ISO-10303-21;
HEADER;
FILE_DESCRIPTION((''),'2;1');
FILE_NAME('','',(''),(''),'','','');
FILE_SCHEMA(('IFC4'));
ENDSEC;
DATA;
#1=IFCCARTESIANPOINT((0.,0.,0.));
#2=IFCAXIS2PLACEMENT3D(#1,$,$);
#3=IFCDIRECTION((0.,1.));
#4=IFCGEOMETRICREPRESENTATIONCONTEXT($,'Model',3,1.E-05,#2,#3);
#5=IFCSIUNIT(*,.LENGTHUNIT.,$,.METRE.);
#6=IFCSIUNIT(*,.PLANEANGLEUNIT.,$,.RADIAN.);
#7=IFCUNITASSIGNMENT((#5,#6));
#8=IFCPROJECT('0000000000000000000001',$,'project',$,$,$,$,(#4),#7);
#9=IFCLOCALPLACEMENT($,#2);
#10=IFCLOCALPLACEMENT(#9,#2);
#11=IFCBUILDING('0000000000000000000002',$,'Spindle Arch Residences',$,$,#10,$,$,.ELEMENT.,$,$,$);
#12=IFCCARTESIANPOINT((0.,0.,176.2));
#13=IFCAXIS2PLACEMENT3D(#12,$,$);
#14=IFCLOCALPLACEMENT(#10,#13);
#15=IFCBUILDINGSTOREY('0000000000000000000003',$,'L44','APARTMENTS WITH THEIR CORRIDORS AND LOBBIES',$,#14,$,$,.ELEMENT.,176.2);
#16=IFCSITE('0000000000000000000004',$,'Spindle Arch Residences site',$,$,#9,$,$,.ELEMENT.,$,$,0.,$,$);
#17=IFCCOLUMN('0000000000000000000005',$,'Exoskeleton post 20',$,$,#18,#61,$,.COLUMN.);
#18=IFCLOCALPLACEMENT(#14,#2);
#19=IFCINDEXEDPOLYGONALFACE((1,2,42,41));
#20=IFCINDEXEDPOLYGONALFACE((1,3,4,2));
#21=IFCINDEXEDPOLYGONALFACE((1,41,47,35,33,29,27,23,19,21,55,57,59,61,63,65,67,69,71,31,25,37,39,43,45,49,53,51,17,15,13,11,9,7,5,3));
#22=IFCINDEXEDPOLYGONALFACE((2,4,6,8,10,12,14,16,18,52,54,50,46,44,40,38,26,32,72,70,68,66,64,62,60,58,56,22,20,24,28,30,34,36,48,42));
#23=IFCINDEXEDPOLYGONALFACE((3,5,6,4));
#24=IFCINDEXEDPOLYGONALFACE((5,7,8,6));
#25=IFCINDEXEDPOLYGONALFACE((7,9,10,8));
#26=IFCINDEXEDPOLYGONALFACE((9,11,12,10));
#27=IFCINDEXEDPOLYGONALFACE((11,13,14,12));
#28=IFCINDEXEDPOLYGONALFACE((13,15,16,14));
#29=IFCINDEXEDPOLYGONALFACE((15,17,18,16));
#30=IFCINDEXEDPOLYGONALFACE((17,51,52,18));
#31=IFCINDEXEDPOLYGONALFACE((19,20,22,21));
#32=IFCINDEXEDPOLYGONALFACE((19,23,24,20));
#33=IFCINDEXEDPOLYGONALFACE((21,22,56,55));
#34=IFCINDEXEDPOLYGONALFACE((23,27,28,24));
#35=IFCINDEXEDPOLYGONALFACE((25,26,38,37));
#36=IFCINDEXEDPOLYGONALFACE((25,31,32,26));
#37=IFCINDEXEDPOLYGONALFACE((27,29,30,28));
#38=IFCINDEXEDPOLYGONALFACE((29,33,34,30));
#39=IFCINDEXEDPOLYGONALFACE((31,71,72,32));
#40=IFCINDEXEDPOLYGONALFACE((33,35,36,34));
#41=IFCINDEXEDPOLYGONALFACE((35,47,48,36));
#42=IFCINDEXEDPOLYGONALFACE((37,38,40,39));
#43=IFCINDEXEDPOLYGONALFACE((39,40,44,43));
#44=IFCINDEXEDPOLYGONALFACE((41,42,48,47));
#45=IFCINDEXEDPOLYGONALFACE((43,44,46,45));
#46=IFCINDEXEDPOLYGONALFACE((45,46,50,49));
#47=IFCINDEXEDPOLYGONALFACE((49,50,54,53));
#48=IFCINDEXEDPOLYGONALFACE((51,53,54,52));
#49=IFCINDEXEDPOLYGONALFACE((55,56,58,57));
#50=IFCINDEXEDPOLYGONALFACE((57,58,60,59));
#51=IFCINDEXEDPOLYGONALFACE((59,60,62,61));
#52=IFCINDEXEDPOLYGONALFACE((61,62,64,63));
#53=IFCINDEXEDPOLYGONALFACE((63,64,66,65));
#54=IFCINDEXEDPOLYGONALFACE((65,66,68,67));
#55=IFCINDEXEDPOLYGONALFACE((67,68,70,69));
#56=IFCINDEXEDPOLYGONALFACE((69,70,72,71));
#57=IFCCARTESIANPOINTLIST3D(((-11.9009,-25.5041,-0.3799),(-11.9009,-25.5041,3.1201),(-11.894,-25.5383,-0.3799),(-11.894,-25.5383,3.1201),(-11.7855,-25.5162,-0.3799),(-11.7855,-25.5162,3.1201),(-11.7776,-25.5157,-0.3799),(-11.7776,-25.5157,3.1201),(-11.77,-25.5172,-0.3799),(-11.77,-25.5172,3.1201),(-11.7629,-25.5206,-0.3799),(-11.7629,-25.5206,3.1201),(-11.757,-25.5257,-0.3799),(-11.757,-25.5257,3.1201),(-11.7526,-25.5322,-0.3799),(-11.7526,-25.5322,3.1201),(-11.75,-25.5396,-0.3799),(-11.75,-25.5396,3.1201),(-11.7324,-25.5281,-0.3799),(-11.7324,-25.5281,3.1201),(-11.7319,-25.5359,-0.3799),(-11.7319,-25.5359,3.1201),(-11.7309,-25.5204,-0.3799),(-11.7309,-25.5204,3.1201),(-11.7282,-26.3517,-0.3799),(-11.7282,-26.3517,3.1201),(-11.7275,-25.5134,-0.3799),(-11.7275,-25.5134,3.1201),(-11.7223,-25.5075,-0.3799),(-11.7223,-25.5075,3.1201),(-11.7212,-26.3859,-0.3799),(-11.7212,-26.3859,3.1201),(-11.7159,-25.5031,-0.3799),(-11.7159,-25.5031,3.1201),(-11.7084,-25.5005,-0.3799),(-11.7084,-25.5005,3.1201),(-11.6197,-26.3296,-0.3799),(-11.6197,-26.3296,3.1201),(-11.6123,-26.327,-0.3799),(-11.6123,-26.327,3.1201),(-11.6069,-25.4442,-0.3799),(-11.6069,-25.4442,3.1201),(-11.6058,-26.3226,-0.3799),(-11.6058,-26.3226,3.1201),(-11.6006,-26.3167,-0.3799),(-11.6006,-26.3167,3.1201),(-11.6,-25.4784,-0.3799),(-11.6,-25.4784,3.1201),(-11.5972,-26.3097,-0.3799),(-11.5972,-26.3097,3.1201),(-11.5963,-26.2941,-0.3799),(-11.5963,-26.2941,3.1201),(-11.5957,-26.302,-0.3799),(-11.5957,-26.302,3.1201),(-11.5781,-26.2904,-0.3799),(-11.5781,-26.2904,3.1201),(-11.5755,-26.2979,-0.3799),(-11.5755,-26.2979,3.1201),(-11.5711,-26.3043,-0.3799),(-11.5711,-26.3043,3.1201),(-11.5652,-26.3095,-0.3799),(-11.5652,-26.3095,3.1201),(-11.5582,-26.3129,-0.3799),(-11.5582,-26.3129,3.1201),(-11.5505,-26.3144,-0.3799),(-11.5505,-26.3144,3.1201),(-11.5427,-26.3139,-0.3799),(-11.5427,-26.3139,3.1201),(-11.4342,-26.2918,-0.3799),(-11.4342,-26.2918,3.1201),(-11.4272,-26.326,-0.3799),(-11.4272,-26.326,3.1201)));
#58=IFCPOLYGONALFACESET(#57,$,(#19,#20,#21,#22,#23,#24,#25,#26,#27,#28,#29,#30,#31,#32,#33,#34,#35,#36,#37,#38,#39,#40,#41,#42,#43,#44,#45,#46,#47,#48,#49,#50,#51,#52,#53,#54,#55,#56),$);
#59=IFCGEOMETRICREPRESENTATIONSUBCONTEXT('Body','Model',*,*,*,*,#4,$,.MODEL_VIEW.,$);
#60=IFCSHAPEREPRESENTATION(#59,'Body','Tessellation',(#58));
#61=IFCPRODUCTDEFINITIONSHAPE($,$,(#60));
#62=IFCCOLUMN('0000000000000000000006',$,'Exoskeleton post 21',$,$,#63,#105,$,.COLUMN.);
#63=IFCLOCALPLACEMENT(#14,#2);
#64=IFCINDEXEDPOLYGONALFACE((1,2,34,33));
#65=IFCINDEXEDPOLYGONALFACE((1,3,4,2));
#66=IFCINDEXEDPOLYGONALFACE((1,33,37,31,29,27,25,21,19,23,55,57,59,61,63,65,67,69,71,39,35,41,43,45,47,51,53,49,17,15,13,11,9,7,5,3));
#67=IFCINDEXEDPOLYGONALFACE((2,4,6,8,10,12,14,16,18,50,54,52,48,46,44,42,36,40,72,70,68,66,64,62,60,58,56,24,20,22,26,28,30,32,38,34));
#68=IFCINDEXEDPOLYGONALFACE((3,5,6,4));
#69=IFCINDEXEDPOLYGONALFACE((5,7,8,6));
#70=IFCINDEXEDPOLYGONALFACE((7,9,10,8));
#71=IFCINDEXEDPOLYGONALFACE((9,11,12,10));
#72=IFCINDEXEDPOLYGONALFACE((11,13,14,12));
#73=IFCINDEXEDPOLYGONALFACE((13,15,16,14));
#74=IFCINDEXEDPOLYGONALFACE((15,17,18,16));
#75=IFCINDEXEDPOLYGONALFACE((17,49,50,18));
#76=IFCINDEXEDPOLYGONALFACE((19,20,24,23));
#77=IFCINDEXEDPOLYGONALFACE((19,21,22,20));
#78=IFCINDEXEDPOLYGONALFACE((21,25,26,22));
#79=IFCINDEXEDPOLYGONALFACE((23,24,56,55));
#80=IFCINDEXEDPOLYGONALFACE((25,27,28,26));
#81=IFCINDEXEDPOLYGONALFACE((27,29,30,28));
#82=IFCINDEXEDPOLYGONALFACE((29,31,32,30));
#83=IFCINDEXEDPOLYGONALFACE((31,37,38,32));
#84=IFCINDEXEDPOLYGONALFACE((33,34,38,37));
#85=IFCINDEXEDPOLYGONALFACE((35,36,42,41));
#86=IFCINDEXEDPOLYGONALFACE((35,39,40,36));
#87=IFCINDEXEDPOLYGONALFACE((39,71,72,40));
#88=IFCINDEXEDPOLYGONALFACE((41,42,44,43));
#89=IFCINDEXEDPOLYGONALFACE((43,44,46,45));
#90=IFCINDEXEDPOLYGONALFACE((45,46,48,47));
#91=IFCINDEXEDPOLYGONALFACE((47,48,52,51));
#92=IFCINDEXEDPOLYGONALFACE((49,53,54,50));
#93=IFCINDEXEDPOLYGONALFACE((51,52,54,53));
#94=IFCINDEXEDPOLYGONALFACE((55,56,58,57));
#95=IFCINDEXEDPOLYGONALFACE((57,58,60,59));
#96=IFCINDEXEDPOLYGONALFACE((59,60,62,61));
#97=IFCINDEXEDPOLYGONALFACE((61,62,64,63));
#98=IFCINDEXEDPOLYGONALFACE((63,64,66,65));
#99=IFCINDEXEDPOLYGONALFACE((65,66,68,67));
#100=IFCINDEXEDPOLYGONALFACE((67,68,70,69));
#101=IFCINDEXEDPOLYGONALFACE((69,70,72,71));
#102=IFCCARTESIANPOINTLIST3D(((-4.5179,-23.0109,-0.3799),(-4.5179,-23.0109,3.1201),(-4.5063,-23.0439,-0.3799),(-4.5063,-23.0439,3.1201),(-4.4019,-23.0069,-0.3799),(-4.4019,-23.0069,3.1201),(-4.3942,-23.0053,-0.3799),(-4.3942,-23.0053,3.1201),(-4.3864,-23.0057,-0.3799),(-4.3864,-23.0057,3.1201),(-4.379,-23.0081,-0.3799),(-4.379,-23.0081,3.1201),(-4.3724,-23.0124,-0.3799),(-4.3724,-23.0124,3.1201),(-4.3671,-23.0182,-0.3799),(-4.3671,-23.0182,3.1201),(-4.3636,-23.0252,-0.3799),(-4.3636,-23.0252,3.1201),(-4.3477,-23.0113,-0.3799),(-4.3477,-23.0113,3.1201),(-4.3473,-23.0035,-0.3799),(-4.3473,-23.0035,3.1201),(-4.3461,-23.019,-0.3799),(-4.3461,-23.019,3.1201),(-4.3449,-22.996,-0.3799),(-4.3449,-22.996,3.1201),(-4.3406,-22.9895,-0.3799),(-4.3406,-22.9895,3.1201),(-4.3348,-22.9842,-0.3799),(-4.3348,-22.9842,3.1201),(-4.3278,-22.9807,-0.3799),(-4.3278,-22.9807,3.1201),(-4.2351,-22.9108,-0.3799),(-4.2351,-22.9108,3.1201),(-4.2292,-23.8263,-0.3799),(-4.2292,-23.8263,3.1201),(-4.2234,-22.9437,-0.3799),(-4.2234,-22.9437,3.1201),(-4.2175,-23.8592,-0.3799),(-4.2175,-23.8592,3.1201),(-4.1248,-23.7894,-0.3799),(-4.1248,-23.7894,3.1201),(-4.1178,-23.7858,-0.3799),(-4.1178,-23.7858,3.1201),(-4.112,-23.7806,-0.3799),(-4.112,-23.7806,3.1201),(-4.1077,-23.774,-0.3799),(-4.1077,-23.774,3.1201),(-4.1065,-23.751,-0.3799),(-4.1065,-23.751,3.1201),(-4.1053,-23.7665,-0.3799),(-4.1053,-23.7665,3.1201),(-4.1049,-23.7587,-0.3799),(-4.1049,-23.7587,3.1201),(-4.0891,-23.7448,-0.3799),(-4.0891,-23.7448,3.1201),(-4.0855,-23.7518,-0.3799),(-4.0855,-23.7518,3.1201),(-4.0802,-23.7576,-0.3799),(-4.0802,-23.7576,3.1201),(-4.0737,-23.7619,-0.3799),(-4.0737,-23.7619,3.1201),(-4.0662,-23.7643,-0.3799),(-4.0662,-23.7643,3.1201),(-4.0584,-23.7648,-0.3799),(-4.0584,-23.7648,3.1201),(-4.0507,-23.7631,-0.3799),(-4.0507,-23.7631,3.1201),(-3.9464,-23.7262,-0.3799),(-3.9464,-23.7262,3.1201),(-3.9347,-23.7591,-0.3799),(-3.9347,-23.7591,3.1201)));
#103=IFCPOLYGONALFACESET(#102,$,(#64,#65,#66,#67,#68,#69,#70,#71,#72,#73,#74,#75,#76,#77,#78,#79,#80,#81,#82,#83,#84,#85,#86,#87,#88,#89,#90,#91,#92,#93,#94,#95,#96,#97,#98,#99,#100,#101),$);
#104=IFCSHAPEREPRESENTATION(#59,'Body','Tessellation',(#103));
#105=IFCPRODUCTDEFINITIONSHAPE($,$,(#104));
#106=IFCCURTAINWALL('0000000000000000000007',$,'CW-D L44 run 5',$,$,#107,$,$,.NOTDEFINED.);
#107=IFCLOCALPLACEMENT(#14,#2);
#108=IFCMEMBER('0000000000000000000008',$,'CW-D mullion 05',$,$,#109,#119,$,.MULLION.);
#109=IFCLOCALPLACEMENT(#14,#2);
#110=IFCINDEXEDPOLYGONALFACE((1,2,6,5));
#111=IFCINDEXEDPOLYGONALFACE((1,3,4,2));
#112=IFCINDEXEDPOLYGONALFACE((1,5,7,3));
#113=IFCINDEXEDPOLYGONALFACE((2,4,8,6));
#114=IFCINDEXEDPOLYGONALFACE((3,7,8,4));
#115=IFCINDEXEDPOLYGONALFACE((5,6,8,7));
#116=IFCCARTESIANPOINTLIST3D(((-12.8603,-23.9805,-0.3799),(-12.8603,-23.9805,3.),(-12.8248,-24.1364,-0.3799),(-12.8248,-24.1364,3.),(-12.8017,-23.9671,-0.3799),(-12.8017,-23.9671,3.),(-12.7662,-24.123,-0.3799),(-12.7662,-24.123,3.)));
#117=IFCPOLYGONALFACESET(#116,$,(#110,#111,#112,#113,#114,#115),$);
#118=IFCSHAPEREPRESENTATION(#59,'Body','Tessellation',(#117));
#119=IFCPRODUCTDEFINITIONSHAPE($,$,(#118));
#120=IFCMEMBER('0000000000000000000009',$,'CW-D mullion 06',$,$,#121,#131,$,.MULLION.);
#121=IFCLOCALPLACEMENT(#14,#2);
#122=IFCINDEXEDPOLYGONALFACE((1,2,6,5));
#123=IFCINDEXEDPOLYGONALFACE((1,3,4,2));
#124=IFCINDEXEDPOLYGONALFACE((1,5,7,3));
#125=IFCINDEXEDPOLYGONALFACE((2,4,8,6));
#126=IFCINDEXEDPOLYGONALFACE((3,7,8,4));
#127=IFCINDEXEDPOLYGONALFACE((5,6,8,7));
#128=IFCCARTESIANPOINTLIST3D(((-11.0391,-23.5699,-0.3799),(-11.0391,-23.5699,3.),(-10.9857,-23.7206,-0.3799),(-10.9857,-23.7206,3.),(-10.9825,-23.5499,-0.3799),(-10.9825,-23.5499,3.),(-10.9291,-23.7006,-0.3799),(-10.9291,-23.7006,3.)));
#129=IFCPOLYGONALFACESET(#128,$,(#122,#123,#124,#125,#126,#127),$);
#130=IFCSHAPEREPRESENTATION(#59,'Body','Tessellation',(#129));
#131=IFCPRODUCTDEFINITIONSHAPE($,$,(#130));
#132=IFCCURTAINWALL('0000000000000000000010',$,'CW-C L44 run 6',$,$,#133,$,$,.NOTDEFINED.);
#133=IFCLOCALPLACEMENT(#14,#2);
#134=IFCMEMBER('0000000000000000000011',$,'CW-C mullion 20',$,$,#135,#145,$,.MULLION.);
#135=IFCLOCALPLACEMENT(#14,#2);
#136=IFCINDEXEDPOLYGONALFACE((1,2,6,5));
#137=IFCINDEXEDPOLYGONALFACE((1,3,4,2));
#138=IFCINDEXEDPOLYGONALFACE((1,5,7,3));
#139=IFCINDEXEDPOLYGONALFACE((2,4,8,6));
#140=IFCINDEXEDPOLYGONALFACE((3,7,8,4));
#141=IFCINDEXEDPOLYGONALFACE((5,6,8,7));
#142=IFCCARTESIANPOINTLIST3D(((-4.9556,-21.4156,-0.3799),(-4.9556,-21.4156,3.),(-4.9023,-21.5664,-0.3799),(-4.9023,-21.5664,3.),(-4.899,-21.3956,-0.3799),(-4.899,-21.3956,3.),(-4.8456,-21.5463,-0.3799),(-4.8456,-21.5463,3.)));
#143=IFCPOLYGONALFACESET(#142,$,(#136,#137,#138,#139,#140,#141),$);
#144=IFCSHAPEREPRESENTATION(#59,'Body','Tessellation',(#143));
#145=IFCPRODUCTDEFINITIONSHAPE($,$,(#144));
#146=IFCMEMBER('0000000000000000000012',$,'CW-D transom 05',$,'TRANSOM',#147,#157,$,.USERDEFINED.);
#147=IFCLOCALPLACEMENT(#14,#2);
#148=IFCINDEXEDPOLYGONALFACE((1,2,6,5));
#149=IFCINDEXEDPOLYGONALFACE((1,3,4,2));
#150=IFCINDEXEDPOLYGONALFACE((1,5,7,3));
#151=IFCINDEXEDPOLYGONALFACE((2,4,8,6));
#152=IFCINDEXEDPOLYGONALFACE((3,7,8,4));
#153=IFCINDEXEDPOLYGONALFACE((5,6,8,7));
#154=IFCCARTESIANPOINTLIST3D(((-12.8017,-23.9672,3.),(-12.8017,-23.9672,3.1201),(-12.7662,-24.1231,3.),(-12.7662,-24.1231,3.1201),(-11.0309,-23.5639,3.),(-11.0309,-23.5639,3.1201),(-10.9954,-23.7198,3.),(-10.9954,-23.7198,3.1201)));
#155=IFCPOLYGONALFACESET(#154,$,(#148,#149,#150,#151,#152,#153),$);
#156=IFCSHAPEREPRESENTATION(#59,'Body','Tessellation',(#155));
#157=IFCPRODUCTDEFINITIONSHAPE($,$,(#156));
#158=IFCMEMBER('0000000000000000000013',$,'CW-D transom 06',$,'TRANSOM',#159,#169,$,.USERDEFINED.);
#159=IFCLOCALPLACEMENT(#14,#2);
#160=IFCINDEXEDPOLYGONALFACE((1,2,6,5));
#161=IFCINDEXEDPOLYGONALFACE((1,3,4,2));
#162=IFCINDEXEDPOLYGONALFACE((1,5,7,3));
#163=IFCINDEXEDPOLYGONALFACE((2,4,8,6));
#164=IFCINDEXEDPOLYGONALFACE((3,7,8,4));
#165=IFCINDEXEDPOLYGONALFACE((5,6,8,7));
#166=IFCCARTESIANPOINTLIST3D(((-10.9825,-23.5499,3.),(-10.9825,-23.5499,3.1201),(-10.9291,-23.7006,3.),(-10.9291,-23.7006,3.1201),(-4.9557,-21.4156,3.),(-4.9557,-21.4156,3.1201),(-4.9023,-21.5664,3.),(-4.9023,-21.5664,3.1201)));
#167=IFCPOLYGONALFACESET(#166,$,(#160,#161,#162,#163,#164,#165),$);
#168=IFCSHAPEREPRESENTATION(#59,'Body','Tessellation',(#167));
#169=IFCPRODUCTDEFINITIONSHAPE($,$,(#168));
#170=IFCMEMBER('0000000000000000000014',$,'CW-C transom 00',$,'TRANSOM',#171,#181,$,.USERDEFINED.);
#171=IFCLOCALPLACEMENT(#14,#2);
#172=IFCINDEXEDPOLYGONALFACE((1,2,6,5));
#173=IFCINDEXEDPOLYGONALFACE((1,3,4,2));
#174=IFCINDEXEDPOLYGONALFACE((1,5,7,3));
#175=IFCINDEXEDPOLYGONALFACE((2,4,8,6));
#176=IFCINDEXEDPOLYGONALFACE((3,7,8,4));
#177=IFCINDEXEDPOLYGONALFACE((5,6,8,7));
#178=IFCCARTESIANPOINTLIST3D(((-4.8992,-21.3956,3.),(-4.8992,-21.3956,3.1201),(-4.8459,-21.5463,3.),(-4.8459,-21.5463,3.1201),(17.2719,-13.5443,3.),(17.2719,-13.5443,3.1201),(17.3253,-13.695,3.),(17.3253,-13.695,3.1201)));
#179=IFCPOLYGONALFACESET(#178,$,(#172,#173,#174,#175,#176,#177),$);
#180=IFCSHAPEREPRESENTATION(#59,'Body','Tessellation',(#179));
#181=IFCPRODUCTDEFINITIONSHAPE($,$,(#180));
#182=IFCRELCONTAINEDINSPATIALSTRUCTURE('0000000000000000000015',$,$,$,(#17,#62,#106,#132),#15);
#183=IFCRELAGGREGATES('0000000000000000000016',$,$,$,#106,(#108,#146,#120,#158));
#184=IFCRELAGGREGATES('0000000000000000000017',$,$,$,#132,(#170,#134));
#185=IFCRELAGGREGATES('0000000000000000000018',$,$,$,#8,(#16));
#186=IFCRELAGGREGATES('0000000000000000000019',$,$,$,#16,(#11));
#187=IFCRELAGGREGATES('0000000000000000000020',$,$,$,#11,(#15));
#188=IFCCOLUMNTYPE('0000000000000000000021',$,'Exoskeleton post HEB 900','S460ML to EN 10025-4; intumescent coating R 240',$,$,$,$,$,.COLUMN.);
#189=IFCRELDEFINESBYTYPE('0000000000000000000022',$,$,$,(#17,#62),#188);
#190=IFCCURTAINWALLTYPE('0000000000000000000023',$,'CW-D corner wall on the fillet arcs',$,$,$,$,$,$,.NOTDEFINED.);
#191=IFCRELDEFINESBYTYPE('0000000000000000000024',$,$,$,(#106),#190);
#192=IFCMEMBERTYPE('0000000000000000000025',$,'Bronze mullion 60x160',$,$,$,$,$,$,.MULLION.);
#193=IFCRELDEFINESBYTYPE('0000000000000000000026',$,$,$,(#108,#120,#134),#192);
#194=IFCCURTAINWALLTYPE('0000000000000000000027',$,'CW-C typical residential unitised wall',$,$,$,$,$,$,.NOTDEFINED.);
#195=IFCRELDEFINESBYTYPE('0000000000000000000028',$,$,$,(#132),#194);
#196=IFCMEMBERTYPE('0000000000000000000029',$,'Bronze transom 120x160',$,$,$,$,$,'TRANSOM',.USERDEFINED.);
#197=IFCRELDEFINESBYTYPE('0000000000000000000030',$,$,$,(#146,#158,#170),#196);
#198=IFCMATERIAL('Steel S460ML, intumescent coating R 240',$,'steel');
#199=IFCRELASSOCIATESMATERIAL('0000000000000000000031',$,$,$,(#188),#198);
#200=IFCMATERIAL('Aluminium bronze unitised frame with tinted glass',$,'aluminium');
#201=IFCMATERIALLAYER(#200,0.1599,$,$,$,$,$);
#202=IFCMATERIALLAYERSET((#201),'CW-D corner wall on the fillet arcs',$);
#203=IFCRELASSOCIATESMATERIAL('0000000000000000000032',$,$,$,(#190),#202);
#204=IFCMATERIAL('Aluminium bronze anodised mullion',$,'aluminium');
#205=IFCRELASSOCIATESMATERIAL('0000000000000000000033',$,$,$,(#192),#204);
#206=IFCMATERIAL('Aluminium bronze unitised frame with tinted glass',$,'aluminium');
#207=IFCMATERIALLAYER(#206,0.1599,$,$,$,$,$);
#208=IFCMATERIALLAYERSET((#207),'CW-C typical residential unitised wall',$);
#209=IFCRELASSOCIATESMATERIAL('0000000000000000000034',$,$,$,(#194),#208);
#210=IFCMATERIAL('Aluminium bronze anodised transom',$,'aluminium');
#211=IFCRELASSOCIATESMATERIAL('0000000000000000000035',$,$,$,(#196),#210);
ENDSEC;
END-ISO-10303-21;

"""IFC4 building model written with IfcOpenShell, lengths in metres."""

from ifc_helpers import new_model, si_unit, direction, frame, origin, origin_2d, place, context, subcontext, project, spatial, rectangle, i_section, extrude, material, layer, layer_set, material_profile, profile_set, type_object, element, aggregate, save


model = new_model("IFC4")

# Units and contexts
model_context = context("Model", 3, precision=1e-05, world=origin(), true_north=direction((0.0, 1.0)))
body_context = subcontext(model_context, "Body", "Model", "MODEL_VIEW")
ifc_project = project(units=[si_unit("LENGTHUNIT", "METRE"), si_unit("PLANEANGLEUNIT", "RADIAN")], contexts=[model_context])

# Site, building, storey
site_placement = place(None, origin())
site = spatial("IfcSite", under=ifc_project, at=site_placement, Name="Spindle Arch Residences site", CompositionType="ELEMENT", RefElevation=0.0)
building_placement = place(site_placement, origin())
building = spatial("IfcBuilding", under=site, at=building_placement, Name="Spindle Arch Residences", CompositionType="ELEMENT")
storey_placement = place(building_placement, frame((0.0, 0.0, 176.2)))
storey = spatial("IfcBuildingStorey", under=building, at=storey_placement, Name="L44", Description="APARTMENTS WITH THEIR CORRIDORS AND LOBBIES", CompositionType="ELEMENT", Elevation=176.2)

# Columns
ifc_material_1 = material(Name="Steel S460ML, intumescent coating R 240", Category="steel")
ifc_material_profile_1 = material_profile(ifc_material_1, i_section(OverallWidth=0.3, OverallDepth=0.8999, WebThickness=0.0186, FlangeThickness=0.0349, FilletRadius=0.03, at=origin_2d()), Name="HEB 900")
ifc_profile_set_1 = profile_set([ifc_material_profile_1], Name="Steel S460ML, intumescent coating R 240")
column_type = type_object("IfcColumnType", Name="Exoskeleton post HEB 900", Description="S460ML to EN 10025-4; intumescent coating R 240", PredefinedType="COLUMN", material=ifc_profile_set_1)
for number, where, z_axis, x_axis, name in (
    (1, (-11.6641, -25.915, -0.3799), (0.0, 0.0, 1.0), (-0.979853, -0.199719, 0.0), "Exoskeleton post 20"),
    (2, (-4.2263, -23.385, -0.3799), (0.0, 0.0, 1.0), (-0.942641, -0.333807, 0.0), "Exoskeleton post 21"),
):
    element("IfcColumn", number, at=place(storey_placement, frame(where, z_axis=z_axis, x_axis=x_axis)), inside=storey, type_object=column_type, Name=name, PredefinedType="COLUMN", context=body_context, shape_type="SweptSolid", body=[
        extrude(i_section(OverallWidth=0.3, OverallDepth=0.8999, WebThickness=0.0186, FlangeThickness=0.0349, FilletRadius=0.03, at=origin_2d()), origin(), (0.0, 0.0, 1.0), 3.5),
    ])

# Curtain wall, members
ifc_material_2 = material(Name="Aluminium bronze unitised frame with tinted glass", Category="aluminium")
ifc_layer_1 = layer(ifc_material_2, 0.1599)
ifc_layer_set_1 = layer_set([ifc_layer_1], Name="CW-D corner wall on the fillet arcs")
curtain_wall_type_1 = type_object("IfcCurtainWallType", Name="CW-D corner wall on the fillet arcs", PredefinedType="NOTDEFINED", material=ifc_layer_set_1)
curtain_wall_1_placement = place(storey_placement, origin())
curtain_wall_1 = element("IfcCurtainWall", 3, at=curtain_wall_1_placement, inside=storey, type_object=curtain_wall_type_1, Name="CW-D L44 run 5", PredefinedType="NOTDEFINED")
ifc_material_3 = material(Name="Aluminium bronze anodised mullion", Category="aluminium")
ifc_material_profile_2 = material_profile(ifc_material_3, rectangle(XDim=0.1599, YDim=0.0601, at=origin_2d()), Name="MU 60x160")
ifc_profile_set_2 = profile_set([ifc_material_profile_2], Name="Aluminium bronze anodised mullion")
member_type_1 = type_object("IfcMemberType", Name="Bronze mullion 60x160", PredefinedType="MULLION", material=ifc_profile_set_2)
member_1_placement = place(storey_placement, frame((-12.8132, -24.0518, -0.3799), z_axis=(0.0, 0.0, 1.0), x_axis=(-0.222116, 0.97502, 0.0)))
member_1 = element("IfcMember", 4, at=member_1_placement, type_object=member_type_1, Name="CW-D mullion 05", PredefinedType="MULLION", context=body_context, shape_type="SweptSolid", body=[
    extrude(rectangle(XDim=0.1599, YDim=0.0601, at=origin_2d()), origin(), (0.0, 0.0, 1.0), 3.3799),
])
member_2_placement = place(storey_placement, frame((-10.9841, -23.6353, -0.3799), z_axis=(0.0, 0.0, 1.0), x_axis=(-0.333807, 0.942641, 0.0)))
member_2 = element("IfcMember", 5, at=member_2_placement, type_object=member_type_1, Name="CW-D mullion 06", PredefinedType="MULLION", context=body_context, shape_type="SweptSolid", body=[
    extrude(rectangle(XDim=0.1599, YDim=0.0601, at=origin_2d()), origin(), (0.0, 0.0, 1.0), 3.3799),
])

# Curtain wall, member
ifc_material_4 = material(Name="Aluminium bronze unitised frame with tinted glass", Category="aluminium")
ifc_layer_2 = layer(ifc_material_4, 0.1599)
ifc_layer_set_2 = layer_set([ifc_layer_2], Name="CW-C typical residential unitised wall")
curtain_wall_type_2 = type_object("IfcCurtainWallType", Name="CW-C typical residential unitised wall", PredefinedType="NOTDEFINED", material=ifc_layer_set_2)
curtain_wall_2_placement = place(storey_placement, origin())
curtain_wall_2 = element("IfcCurtainWall", 6, at=curtain_wall_2_placement, inside=storey, type_object=curtain_wall_type_2, Name="CW-C L44 run 6", PredefinedType="NOTDEFINED")
member_3_placement = place(storey_placement, frame((-4.9006, -21.481, -0.3799), z_axis=(0.0, 0.0, 1.0), x_axis=(-0.333807, 0.942641, 0.0)))
member_3 = element("IfcMember", 7, at=member_3_placement, type_object=member_type_1, Name="CW-C mullion 20", PredefinedType="MULLION", context=body_context, shape_type="SweptSolid", body=[
    extrude(rectangle(XDim=0.1599, YDim=0.0601, at=origin_2d()), origin(), (0.0, 0.0, 1.0), 3.3799),
])

# Members
ifc_material_5 = material(Name="Aluminium bronze anodised transom", Category="aluminium")
ifc_material_profile_3 = material_profile(ifc_material_5, rectangle(XDim=0.1599, YDim=0.1201, at=origin_2d()), Name="TR 120x160")
ifc_profile_set_3 = profile_set([ifc_material_profile_3], Name="Aluminium bronze anodised transom")
member_type_2 = type_object("IfcMemberType", Name="Bronze transom 120x160", ElementType="TRANSOM", PredefinedType="USERDEFINED", material=ifc_profile_set_3)
member_4_placement = place(storey_placement, frame((-12.7839, -24.0452, 3.0601), z_axis=(0.975028, 0.22208, 0.0), x_axis=(-0.22208, 0.975028, 0.0)))
member_4 = element("IfcMember", 8, at=member_4_placement, type_object=member_type_2, Name="CW-D transom 05", ObjectType="TRANSOM", PredefinedType="USERDEFINED", context=body_context, shape_type="SweptSolid", body=[
    extrude(rectangle(XDim=0.1599, YDim=0.1201, at=origin_2d()), origin(), (0.0, 0.0, 1.0), 1.8162),
])
member_5_placement = place(storey_placement, frame((-10.9558, -23.6252, 3.0601), z_axis=(0.942639, 0.333815, 0.0), x_axis=(-0.333815, 0.942639, 0.0)))
member_5 = element("IfcMember", 9, at=member_5_placement, type_object=member_type_2, Name="CW-D transom 06", ObjectType="TRANSOM", PredefinedType="USERDEFINED", context=body_context, shape_type="SweptSolid", body=[
    extrude(rectangle(XDim=0.1599, YDim=0.1201, at=origin_2d()), origin(), (0.0, 0.0, 1.0), 6.3936),
])
member_6_placement = place(storey_placement, frame((-4.8726, -21.4709, 3.0601), z_axis=(0.94264, 0.333811, 0.0), x_axis=(-0.333811, 0.94264, 0.0)))
member_6 = element("IfcMember", 10, at=member_6_placement, type_object=member_type_2, Name="CW-C transom 00", ObjectType="TRANSOM", PredefinedType="USERDEFINED", context=body_context, shape_type="SweptSolid", body=[
    extrude(rectangle(XDim=0.1599, YDim=0.1201, at=origin_2d()), origin(), (0.0, 0.0, 1.0), 23.5203),
])

aggregate(curtain_wall_1, [member_1, member_4, member_2, member_5])
aggregate(curtain_wall_2, [member_6, member_3])

save(model, "model.ifc")
